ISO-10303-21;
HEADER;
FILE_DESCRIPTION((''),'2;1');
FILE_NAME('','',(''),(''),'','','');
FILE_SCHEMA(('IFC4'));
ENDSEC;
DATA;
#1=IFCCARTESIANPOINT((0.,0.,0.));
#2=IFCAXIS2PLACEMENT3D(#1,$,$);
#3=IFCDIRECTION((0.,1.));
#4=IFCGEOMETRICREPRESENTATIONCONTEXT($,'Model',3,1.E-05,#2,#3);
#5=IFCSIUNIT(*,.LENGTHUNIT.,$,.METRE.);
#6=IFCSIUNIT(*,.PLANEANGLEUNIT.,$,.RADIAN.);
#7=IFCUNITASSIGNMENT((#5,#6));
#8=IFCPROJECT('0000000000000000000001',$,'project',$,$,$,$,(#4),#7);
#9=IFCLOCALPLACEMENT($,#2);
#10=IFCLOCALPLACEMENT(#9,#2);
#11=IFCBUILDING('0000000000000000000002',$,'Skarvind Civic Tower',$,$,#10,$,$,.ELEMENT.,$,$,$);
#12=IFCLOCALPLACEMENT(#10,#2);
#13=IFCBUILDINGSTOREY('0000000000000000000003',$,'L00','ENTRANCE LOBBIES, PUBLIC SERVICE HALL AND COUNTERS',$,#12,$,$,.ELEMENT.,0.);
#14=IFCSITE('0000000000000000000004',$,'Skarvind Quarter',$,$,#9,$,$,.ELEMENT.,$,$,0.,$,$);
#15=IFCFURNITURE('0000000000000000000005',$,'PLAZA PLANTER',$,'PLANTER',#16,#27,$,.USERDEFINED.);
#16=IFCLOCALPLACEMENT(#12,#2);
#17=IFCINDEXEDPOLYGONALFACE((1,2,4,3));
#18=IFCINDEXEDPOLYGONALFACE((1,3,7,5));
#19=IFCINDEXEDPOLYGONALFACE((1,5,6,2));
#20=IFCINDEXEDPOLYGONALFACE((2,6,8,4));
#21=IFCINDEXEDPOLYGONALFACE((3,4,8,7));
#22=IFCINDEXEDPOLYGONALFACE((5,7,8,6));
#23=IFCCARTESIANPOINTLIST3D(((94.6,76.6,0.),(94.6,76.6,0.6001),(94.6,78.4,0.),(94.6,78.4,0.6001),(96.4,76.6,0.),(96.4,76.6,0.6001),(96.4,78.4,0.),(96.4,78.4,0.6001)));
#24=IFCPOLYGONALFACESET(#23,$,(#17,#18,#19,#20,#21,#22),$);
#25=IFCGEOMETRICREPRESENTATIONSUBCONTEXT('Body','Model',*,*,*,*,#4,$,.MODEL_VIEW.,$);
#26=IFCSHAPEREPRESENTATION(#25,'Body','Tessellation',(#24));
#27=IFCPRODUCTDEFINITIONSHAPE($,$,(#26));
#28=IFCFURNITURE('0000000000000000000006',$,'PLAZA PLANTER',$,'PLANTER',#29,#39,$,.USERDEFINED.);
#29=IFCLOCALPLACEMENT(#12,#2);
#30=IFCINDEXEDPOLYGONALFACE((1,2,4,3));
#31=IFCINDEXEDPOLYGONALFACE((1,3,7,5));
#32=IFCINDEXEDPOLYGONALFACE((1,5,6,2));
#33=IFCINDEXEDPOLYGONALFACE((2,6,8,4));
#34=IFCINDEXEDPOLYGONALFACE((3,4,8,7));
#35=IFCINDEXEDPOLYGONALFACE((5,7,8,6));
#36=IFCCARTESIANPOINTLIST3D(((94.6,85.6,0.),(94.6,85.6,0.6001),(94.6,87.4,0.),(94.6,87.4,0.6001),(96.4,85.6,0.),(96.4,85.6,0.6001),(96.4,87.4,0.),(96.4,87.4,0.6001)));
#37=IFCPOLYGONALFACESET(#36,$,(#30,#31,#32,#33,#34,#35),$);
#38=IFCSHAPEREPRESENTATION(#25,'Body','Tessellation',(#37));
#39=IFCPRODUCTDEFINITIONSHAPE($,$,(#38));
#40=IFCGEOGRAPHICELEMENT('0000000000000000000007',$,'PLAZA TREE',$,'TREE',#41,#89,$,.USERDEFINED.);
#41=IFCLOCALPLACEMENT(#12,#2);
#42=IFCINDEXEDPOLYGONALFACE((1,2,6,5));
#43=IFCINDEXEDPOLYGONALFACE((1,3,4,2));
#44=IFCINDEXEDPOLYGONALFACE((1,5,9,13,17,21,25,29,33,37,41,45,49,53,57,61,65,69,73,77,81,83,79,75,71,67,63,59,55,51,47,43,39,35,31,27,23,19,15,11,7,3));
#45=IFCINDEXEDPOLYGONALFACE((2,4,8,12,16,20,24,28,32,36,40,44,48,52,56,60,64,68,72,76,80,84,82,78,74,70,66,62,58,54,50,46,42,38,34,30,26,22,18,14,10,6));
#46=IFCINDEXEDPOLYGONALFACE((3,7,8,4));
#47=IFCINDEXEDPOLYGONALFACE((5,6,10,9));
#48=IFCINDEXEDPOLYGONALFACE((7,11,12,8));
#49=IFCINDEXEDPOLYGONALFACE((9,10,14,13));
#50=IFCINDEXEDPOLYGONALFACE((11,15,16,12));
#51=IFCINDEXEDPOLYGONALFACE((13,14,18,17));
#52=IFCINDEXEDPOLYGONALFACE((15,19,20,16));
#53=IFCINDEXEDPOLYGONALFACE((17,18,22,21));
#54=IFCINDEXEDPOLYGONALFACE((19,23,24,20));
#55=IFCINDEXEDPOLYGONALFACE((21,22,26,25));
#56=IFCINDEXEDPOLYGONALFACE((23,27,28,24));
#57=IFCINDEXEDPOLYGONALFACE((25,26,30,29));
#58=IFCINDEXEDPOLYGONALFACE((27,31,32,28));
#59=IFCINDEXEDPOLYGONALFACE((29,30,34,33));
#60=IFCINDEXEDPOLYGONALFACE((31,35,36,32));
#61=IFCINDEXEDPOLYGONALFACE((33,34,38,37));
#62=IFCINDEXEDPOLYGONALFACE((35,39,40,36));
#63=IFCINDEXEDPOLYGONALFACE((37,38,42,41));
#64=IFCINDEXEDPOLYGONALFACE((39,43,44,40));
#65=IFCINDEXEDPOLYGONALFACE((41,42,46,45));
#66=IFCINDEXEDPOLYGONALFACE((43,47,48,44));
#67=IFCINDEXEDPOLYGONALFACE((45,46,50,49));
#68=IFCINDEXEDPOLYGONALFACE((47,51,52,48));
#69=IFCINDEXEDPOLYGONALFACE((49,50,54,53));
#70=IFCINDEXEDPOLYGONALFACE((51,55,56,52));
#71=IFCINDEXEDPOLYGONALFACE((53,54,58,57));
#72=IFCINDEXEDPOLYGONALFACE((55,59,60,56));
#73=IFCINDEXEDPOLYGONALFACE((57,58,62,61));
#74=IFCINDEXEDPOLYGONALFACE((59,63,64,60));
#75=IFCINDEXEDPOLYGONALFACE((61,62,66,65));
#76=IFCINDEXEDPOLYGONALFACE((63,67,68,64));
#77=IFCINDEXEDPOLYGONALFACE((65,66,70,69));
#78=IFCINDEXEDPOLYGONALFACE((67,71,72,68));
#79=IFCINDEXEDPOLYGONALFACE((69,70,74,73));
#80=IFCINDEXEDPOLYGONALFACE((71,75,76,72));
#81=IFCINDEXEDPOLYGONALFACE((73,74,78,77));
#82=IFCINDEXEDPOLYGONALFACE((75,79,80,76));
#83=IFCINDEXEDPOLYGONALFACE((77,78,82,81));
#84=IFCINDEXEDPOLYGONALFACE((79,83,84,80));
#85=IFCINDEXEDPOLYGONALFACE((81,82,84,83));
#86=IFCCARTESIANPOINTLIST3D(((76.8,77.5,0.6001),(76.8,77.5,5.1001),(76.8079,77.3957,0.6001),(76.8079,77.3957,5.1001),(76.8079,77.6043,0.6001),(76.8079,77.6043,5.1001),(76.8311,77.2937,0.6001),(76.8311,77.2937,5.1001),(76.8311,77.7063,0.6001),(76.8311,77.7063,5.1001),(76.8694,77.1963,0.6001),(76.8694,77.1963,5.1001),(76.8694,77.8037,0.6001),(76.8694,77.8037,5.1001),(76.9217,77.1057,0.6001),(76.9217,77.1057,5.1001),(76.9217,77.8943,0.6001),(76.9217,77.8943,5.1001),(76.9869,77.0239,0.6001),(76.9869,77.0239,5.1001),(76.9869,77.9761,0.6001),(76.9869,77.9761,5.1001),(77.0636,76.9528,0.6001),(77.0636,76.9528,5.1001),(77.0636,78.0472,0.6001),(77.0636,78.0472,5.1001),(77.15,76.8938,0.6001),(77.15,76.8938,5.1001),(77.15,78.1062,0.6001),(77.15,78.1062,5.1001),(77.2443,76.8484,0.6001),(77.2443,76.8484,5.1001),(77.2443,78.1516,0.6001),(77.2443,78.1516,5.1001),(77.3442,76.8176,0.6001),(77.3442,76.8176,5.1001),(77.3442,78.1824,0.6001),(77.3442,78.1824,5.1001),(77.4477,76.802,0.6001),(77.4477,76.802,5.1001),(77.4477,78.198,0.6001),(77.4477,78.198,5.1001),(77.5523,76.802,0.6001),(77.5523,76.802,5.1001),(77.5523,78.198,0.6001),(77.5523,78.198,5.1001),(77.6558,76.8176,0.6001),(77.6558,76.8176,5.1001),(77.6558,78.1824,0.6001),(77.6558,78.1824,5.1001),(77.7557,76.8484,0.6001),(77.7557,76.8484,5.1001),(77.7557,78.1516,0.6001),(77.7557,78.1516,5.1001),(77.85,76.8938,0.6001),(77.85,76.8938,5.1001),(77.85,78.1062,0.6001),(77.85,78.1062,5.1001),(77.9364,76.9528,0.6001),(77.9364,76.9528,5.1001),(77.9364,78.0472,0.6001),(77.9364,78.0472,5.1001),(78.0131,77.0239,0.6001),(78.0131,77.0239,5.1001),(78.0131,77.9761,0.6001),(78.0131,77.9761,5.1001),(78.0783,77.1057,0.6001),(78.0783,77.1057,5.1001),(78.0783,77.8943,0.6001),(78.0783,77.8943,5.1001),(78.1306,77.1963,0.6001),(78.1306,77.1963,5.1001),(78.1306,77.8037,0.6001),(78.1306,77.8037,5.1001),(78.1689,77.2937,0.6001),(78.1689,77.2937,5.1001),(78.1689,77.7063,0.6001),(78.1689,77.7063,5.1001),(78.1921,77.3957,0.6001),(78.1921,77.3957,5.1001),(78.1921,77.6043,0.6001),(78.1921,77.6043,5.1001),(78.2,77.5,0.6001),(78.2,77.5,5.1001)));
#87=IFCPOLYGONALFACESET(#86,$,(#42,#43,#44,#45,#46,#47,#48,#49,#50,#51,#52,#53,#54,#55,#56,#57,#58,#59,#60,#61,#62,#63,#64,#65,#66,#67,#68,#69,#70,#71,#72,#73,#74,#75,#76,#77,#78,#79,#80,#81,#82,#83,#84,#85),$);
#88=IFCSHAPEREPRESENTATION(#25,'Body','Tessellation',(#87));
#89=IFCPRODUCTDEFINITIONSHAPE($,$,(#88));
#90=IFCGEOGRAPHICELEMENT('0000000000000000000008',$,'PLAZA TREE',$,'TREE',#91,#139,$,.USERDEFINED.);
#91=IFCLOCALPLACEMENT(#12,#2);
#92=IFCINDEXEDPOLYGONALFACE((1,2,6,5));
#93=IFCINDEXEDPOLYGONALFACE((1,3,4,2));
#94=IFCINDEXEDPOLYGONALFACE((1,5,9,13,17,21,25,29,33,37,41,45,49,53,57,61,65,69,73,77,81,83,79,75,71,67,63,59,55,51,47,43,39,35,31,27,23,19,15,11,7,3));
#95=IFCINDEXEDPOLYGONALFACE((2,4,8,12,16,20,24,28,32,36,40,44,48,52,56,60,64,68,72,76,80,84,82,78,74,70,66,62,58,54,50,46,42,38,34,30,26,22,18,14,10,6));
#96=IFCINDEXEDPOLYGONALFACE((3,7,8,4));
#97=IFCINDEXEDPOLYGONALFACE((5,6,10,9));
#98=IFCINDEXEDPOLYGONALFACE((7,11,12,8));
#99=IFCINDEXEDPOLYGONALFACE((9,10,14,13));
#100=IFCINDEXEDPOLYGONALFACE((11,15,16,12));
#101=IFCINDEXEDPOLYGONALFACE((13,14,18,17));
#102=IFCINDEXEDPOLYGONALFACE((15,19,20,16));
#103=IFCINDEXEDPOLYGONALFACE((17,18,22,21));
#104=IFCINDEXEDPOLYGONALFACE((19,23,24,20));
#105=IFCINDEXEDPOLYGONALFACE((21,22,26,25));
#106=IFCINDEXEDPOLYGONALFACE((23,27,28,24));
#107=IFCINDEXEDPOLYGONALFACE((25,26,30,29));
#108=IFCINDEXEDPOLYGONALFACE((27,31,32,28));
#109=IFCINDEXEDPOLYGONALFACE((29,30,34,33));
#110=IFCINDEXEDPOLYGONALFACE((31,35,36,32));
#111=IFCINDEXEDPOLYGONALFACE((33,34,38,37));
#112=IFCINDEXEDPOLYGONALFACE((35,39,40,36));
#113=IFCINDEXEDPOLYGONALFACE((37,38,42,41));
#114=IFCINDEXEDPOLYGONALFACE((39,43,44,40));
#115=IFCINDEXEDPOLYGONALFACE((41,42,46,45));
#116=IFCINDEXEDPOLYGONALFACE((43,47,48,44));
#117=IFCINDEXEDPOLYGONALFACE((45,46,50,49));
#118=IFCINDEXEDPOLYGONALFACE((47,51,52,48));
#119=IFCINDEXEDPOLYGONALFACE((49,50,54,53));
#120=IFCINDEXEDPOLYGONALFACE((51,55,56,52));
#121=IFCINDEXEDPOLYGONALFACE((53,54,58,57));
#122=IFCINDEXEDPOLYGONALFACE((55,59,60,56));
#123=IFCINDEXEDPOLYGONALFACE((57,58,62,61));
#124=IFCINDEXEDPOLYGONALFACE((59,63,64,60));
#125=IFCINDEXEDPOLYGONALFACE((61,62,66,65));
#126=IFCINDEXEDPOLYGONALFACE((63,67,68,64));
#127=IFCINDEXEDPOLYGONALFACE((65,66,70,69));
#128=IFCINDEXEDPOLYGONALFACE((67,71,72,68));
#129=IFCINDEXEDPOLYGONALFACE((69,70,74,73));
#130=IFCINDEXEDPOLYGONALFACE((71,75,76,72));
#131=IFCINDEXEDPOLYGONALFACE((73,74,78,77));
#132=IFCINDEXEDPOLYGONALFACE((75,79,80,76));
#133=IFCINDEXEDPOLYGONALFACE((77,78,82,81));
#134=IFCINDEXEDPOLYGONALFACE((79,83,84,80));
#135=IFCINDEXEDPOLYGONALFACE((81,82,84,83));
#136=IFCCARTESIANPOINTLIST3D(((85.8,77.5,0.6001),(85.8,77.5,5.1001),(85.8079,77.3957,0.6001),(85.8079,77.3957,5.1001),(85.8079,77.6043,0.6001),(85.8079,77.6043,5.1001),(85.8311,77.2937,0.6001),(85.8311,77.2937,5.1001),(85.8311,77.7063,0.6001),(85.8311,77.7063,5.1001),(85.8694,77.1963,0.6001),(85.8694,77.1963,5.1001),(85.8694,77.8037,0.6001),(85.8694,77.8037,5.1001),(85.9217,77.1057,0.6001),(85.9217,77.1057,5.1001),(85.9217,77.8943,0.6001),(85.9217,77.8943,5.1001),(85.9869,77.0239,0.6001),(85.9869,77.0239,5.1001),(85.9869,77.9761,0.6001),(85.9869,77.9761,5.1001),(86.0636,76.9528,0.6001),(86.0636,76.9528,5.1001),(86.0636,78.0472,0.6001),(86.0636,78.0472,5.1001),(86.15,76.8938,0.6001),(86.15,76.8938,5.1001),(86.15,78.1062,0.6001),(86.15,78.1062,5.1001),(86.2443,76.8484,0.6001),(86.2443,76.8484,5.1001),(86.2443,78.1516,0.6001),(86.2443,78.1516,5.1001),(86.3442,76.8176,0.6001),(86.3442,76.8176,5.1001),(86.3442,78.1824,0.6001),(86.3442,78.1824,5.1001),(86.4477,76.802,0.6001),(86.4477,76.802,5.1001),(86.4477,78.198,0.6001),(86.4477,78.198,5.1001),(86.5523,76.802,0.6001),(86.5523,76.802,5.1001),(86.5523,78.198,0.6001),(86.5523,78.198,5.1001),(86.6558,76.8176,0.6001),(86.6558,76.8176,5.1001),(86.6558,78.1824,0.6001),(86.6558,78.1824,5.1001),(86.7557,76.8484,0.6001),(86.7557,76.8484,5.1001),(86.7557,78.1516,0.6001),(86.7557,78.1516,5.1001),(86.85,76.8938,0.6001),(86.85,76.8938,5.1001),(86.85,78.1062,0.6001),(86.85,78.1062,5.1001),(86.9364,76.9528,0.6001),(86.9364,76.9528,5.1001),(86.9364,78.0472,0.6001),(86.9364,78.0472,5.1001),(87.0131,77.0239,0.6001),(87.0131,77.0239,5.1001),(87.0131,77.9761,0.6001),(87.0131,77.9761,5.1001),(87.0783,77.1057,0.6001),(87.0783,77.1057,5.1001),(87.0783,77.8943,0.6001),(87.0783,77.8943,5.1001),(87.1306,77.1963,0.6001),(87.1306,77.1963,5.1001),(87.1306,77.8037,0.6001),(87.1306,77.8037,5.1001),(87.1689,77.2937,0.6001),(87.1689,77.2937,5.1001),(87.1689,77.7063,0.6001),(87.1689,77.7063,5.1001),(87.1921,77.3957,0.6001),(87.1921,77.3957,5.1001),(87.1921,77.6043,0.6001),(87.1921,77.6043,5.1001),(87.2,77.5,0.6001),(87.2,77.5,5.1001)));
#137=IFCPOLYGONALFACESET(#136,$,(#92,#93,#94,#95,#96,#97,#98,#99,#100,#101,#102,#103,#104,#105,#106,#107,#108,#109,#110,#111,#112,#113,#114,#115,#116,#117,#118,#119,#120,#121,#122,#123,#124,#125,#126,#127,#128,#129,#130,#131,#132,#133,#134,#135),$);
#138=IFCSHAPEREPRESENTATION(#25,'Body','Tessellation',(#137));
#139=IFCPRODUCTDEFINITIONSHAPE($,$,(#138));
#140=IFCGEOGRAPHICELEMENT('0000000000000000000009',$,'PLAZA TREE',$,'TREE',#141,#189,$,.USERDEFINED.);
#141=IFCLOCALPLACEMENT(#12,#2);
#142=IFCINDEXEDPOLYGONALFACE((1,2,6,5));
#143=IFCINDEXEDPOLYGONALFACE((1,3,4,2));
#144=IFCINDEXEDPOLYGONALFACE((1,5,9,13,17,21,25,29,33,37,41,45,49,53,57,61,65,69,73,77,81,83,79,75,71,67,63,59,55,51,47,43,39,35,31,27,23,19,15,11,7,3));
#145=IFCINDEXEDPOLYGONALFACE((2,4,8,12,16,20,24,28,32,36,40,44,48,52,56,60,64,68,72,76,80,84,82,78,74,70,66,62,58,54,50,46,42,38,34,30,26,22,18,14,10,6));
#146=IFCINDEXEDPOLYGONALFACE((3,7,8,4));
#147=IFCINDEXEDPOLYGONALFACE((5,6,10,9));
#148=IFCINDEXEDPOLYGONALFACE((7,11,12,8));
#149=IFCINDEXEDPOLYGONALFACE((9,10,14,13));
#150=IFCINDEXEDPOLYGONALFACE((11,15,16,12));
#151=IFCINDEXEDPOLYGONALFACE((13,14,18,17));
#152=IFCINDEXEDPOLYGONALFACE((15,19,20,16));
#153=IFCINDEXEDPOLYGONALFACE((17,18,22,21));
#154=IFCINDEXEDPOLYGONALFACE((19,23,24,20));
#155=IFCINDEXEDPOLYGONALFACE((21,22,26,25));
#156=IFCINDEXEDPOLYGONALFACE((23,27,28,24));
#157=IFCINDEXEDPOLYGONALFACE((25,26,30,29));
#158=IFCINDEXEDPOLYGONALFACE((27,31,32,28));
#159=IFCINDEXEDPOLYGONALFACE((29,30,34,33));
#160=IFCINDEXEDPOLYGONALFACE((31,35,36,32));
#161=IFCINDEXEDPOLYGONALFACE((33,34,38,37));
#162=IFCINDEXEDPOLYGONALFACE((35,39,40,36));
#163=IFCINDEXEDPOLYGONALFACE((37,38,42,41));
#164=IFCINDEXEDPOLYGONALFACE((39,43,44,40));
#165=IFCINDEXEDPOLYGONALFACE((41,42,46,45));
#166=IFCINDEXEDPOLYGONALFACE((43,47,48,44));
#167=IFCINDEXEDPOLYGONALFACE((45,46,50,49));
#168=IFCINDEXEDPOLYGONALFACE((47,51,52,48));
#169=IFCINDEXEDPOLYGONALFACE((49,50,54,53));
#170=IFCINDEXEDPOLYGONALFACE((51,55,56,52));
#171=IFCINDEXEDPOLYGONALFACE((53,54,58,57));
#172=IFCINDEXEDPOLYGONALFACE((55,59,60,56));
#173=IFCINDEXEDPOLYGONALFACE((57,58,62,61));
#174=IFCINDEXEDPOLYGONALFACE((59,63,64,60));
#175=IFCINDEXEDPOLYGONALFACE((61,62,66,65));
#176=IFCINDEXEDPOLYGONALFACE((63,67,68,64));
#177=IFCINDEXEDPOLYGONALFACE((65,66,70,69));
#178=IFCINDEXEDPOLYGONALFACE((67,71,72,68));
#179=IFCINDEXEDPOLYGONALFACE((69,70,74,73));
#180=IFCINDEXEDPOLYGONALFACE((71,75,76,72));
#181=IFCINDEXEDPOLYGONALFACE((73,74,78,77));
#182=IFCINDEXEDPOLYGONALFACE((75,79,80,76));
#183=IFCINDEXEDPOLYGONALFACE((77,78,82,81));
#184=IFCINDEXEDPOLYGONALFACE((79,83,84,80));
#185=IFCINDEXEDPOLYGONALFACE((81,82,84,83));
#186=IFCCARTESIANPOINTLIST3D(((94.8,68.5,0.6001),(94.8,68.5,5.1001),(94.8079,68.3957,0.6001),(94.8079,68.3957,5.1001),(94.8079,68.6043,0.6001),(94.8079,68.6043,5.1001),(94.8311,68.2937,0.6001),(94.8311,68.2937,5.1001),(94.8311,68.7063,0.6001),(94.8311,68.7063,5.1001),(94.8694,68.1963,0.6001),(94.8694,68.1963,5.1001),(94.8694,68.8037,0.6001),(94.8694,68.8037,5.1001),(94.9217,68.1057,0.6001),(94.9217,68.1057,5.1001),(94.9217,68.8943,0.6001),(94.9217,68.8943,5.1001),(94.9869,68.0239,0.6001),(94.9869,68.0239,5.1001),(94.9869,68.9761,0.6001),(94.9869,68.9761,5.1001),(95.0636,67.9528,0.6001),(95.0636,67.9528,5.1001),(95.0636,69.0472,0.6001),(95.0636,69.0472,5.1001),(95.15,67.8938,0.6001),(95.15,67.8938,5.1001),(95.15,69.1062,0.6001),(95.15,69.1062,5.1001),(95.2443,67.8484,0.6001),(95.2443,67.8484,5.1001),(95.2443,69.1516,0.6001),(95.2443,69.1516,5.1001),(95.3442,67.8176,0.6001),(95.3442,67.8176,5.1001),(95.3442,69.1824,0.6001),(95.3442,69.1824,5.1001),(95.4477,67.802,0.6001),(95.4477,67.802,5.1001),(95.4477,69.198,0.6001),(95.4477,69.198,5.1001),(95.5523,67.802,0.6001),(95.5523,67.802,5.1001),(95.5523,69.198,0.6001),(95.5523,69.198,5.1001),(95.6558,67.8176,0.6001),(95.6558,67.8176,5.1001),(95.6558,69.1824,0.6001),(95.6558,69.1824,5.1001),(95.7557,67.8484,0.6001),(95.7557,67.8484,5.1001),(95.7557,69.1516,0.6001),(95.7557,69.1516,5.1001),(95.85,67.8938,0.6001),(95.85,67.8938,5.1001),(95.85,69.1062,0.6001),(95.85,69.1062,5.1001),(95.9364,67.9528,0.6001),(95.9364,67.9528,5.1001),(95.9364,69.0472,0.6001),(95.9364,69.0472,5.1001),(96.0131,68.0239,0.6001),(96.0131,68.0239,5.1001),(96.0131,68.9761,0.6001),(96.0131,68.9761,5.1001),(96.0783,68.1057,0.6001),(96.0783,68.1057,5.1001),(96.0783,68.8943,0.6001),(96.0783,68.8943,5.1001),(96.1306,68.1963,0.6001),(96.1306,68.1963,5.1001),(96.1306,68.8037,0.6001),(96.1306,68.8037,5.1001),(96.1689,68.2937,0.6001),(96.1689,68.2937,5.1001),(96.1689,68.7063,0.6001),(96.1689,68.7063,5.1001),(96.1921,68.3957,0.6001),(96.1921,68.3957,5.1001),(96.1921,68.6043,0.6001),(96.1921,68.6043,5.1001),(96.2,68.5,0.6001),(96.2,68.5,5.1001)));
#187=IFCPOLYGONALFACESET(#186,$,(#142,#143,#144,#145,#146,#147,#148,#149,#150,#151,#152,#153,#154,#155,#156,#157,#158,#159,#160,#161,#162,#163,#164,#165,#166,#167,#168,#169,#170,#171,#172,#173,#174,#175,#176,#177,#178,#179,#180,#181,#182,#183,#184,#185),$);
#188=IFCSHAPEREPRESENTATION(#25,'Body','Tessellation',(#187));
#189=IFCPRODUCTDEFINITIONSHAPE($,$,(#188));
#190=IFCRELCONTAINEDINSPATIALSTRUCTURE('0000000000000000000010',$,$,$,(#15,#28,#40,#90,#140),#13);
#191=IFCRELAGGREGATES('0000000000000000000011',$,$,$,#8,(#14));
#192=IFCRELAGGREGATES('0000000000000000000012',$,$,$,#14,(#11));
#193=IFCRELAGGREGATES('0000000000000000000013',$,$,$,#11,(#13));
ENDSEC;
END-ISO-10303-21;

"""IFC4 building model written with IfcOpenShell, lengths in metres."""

from ifc_helpers import new_model, si_unit, direction, frame, origin, origin_2d, place, context, subcontext, project, spatial, rectangle, circle, extrude, element, save


model = new_model("IFC4")

# Units and contexts
model_context = context("Model", 3, precision=1e-05, world=origin(), true_north=direction((0.0, 1.0)))
body_context = subcontext(model_context, "Body", "Model", "MODEL_VIEW")
ifc_project = project(units=[si_unit("LENGTHUNIT", "METRE"), si_unit("PLANEANGLEUNIT", "RADIAN")], contexts=[model_context])

# Site, building, storey
site_placement = place(None, origin())
site = spatial("IfcSite", under=ifc_project, at=site_placement, Name="Skarvind Quarter", CompositionType="ELEMENT", RefElevation=0.0)
building_placement = place(site_placement, origin())
building = spatial("IfcBuilding", under=site, at=building_placement, Name="Skarvind Civic Tower", CompositionType="ELEMENT")
storey_placement = place(building_placement, origin())
storey = spatial("IfcBuildingStorey", under=building, at=storey_placement, Name="L00", Description="ENTRANCE LOBBIES, PUBLIC SERVICE HALL AND COUNTERS", CompositionType="ELEMENT", Elevation=0.0)

# Furniture
for number, where, z_axis, x_axis, name in (
    (1, (95.5, 77.5, 0.0), (0.0, 0.0, 1.0), (1.0, 0.0, 0.0), "PLAZA PLANTER"),
    (2, (95.5, 86.5, 0.0), (0.0, 0.0, 1.0), (1.0, 0.0, 0.0), "PLAZA PLANTER"),
):
    element("IfcFurniture", number, at=place(storey_placement, frame(where, z_axis=z_axis, x_axis=x_axis)), inside=storey, Name=name, ObjectType="PLANTER", PredefinedType="USERDEFINED", context=body_context, shape_type="SweptSolid", body=[
        extrude(rectangle(XDim=1.8, YDim=1.8, at=origin_2d()), origin(), (0.0, 0.0, 1.0), 0.6001),
    ])

# Geographic elements
for number, where, z_axis, x_axis, name in (
    (3, (77.5, 77.5, 0.6001), (0.0, 0.0, 1.0), (1.0, 0.0, 0.0), "PLAZA TREE"),
    (4, (86.5, 77.5, 0.6001), (0.0, 0.0, 1.0), (1.0, 0.0, 0.0), "PLAZA TREE"),
    (5, (95.5, 68.5, 0.6001), (0.0, 0.0, 1.0), (1.0, 0.0, 0.0), "PLAZA TREE"),
):
    element("IfcGeographicElement", number, at=place(storey_placement, frame(where, z_axis=z_axis, x_axis=x_axis)), inside=storey, Name=name, ObjectType="TREE", PredefinedType="USERDEFINED", context=body_context, shape_type="SweptSolid", body=[
        extrude(circle(Radius=0.7, at=origin_2d()), origin(), (0.0, 0.0, 1.0), 4.5),
    ])

save(model, "model.ifc")
